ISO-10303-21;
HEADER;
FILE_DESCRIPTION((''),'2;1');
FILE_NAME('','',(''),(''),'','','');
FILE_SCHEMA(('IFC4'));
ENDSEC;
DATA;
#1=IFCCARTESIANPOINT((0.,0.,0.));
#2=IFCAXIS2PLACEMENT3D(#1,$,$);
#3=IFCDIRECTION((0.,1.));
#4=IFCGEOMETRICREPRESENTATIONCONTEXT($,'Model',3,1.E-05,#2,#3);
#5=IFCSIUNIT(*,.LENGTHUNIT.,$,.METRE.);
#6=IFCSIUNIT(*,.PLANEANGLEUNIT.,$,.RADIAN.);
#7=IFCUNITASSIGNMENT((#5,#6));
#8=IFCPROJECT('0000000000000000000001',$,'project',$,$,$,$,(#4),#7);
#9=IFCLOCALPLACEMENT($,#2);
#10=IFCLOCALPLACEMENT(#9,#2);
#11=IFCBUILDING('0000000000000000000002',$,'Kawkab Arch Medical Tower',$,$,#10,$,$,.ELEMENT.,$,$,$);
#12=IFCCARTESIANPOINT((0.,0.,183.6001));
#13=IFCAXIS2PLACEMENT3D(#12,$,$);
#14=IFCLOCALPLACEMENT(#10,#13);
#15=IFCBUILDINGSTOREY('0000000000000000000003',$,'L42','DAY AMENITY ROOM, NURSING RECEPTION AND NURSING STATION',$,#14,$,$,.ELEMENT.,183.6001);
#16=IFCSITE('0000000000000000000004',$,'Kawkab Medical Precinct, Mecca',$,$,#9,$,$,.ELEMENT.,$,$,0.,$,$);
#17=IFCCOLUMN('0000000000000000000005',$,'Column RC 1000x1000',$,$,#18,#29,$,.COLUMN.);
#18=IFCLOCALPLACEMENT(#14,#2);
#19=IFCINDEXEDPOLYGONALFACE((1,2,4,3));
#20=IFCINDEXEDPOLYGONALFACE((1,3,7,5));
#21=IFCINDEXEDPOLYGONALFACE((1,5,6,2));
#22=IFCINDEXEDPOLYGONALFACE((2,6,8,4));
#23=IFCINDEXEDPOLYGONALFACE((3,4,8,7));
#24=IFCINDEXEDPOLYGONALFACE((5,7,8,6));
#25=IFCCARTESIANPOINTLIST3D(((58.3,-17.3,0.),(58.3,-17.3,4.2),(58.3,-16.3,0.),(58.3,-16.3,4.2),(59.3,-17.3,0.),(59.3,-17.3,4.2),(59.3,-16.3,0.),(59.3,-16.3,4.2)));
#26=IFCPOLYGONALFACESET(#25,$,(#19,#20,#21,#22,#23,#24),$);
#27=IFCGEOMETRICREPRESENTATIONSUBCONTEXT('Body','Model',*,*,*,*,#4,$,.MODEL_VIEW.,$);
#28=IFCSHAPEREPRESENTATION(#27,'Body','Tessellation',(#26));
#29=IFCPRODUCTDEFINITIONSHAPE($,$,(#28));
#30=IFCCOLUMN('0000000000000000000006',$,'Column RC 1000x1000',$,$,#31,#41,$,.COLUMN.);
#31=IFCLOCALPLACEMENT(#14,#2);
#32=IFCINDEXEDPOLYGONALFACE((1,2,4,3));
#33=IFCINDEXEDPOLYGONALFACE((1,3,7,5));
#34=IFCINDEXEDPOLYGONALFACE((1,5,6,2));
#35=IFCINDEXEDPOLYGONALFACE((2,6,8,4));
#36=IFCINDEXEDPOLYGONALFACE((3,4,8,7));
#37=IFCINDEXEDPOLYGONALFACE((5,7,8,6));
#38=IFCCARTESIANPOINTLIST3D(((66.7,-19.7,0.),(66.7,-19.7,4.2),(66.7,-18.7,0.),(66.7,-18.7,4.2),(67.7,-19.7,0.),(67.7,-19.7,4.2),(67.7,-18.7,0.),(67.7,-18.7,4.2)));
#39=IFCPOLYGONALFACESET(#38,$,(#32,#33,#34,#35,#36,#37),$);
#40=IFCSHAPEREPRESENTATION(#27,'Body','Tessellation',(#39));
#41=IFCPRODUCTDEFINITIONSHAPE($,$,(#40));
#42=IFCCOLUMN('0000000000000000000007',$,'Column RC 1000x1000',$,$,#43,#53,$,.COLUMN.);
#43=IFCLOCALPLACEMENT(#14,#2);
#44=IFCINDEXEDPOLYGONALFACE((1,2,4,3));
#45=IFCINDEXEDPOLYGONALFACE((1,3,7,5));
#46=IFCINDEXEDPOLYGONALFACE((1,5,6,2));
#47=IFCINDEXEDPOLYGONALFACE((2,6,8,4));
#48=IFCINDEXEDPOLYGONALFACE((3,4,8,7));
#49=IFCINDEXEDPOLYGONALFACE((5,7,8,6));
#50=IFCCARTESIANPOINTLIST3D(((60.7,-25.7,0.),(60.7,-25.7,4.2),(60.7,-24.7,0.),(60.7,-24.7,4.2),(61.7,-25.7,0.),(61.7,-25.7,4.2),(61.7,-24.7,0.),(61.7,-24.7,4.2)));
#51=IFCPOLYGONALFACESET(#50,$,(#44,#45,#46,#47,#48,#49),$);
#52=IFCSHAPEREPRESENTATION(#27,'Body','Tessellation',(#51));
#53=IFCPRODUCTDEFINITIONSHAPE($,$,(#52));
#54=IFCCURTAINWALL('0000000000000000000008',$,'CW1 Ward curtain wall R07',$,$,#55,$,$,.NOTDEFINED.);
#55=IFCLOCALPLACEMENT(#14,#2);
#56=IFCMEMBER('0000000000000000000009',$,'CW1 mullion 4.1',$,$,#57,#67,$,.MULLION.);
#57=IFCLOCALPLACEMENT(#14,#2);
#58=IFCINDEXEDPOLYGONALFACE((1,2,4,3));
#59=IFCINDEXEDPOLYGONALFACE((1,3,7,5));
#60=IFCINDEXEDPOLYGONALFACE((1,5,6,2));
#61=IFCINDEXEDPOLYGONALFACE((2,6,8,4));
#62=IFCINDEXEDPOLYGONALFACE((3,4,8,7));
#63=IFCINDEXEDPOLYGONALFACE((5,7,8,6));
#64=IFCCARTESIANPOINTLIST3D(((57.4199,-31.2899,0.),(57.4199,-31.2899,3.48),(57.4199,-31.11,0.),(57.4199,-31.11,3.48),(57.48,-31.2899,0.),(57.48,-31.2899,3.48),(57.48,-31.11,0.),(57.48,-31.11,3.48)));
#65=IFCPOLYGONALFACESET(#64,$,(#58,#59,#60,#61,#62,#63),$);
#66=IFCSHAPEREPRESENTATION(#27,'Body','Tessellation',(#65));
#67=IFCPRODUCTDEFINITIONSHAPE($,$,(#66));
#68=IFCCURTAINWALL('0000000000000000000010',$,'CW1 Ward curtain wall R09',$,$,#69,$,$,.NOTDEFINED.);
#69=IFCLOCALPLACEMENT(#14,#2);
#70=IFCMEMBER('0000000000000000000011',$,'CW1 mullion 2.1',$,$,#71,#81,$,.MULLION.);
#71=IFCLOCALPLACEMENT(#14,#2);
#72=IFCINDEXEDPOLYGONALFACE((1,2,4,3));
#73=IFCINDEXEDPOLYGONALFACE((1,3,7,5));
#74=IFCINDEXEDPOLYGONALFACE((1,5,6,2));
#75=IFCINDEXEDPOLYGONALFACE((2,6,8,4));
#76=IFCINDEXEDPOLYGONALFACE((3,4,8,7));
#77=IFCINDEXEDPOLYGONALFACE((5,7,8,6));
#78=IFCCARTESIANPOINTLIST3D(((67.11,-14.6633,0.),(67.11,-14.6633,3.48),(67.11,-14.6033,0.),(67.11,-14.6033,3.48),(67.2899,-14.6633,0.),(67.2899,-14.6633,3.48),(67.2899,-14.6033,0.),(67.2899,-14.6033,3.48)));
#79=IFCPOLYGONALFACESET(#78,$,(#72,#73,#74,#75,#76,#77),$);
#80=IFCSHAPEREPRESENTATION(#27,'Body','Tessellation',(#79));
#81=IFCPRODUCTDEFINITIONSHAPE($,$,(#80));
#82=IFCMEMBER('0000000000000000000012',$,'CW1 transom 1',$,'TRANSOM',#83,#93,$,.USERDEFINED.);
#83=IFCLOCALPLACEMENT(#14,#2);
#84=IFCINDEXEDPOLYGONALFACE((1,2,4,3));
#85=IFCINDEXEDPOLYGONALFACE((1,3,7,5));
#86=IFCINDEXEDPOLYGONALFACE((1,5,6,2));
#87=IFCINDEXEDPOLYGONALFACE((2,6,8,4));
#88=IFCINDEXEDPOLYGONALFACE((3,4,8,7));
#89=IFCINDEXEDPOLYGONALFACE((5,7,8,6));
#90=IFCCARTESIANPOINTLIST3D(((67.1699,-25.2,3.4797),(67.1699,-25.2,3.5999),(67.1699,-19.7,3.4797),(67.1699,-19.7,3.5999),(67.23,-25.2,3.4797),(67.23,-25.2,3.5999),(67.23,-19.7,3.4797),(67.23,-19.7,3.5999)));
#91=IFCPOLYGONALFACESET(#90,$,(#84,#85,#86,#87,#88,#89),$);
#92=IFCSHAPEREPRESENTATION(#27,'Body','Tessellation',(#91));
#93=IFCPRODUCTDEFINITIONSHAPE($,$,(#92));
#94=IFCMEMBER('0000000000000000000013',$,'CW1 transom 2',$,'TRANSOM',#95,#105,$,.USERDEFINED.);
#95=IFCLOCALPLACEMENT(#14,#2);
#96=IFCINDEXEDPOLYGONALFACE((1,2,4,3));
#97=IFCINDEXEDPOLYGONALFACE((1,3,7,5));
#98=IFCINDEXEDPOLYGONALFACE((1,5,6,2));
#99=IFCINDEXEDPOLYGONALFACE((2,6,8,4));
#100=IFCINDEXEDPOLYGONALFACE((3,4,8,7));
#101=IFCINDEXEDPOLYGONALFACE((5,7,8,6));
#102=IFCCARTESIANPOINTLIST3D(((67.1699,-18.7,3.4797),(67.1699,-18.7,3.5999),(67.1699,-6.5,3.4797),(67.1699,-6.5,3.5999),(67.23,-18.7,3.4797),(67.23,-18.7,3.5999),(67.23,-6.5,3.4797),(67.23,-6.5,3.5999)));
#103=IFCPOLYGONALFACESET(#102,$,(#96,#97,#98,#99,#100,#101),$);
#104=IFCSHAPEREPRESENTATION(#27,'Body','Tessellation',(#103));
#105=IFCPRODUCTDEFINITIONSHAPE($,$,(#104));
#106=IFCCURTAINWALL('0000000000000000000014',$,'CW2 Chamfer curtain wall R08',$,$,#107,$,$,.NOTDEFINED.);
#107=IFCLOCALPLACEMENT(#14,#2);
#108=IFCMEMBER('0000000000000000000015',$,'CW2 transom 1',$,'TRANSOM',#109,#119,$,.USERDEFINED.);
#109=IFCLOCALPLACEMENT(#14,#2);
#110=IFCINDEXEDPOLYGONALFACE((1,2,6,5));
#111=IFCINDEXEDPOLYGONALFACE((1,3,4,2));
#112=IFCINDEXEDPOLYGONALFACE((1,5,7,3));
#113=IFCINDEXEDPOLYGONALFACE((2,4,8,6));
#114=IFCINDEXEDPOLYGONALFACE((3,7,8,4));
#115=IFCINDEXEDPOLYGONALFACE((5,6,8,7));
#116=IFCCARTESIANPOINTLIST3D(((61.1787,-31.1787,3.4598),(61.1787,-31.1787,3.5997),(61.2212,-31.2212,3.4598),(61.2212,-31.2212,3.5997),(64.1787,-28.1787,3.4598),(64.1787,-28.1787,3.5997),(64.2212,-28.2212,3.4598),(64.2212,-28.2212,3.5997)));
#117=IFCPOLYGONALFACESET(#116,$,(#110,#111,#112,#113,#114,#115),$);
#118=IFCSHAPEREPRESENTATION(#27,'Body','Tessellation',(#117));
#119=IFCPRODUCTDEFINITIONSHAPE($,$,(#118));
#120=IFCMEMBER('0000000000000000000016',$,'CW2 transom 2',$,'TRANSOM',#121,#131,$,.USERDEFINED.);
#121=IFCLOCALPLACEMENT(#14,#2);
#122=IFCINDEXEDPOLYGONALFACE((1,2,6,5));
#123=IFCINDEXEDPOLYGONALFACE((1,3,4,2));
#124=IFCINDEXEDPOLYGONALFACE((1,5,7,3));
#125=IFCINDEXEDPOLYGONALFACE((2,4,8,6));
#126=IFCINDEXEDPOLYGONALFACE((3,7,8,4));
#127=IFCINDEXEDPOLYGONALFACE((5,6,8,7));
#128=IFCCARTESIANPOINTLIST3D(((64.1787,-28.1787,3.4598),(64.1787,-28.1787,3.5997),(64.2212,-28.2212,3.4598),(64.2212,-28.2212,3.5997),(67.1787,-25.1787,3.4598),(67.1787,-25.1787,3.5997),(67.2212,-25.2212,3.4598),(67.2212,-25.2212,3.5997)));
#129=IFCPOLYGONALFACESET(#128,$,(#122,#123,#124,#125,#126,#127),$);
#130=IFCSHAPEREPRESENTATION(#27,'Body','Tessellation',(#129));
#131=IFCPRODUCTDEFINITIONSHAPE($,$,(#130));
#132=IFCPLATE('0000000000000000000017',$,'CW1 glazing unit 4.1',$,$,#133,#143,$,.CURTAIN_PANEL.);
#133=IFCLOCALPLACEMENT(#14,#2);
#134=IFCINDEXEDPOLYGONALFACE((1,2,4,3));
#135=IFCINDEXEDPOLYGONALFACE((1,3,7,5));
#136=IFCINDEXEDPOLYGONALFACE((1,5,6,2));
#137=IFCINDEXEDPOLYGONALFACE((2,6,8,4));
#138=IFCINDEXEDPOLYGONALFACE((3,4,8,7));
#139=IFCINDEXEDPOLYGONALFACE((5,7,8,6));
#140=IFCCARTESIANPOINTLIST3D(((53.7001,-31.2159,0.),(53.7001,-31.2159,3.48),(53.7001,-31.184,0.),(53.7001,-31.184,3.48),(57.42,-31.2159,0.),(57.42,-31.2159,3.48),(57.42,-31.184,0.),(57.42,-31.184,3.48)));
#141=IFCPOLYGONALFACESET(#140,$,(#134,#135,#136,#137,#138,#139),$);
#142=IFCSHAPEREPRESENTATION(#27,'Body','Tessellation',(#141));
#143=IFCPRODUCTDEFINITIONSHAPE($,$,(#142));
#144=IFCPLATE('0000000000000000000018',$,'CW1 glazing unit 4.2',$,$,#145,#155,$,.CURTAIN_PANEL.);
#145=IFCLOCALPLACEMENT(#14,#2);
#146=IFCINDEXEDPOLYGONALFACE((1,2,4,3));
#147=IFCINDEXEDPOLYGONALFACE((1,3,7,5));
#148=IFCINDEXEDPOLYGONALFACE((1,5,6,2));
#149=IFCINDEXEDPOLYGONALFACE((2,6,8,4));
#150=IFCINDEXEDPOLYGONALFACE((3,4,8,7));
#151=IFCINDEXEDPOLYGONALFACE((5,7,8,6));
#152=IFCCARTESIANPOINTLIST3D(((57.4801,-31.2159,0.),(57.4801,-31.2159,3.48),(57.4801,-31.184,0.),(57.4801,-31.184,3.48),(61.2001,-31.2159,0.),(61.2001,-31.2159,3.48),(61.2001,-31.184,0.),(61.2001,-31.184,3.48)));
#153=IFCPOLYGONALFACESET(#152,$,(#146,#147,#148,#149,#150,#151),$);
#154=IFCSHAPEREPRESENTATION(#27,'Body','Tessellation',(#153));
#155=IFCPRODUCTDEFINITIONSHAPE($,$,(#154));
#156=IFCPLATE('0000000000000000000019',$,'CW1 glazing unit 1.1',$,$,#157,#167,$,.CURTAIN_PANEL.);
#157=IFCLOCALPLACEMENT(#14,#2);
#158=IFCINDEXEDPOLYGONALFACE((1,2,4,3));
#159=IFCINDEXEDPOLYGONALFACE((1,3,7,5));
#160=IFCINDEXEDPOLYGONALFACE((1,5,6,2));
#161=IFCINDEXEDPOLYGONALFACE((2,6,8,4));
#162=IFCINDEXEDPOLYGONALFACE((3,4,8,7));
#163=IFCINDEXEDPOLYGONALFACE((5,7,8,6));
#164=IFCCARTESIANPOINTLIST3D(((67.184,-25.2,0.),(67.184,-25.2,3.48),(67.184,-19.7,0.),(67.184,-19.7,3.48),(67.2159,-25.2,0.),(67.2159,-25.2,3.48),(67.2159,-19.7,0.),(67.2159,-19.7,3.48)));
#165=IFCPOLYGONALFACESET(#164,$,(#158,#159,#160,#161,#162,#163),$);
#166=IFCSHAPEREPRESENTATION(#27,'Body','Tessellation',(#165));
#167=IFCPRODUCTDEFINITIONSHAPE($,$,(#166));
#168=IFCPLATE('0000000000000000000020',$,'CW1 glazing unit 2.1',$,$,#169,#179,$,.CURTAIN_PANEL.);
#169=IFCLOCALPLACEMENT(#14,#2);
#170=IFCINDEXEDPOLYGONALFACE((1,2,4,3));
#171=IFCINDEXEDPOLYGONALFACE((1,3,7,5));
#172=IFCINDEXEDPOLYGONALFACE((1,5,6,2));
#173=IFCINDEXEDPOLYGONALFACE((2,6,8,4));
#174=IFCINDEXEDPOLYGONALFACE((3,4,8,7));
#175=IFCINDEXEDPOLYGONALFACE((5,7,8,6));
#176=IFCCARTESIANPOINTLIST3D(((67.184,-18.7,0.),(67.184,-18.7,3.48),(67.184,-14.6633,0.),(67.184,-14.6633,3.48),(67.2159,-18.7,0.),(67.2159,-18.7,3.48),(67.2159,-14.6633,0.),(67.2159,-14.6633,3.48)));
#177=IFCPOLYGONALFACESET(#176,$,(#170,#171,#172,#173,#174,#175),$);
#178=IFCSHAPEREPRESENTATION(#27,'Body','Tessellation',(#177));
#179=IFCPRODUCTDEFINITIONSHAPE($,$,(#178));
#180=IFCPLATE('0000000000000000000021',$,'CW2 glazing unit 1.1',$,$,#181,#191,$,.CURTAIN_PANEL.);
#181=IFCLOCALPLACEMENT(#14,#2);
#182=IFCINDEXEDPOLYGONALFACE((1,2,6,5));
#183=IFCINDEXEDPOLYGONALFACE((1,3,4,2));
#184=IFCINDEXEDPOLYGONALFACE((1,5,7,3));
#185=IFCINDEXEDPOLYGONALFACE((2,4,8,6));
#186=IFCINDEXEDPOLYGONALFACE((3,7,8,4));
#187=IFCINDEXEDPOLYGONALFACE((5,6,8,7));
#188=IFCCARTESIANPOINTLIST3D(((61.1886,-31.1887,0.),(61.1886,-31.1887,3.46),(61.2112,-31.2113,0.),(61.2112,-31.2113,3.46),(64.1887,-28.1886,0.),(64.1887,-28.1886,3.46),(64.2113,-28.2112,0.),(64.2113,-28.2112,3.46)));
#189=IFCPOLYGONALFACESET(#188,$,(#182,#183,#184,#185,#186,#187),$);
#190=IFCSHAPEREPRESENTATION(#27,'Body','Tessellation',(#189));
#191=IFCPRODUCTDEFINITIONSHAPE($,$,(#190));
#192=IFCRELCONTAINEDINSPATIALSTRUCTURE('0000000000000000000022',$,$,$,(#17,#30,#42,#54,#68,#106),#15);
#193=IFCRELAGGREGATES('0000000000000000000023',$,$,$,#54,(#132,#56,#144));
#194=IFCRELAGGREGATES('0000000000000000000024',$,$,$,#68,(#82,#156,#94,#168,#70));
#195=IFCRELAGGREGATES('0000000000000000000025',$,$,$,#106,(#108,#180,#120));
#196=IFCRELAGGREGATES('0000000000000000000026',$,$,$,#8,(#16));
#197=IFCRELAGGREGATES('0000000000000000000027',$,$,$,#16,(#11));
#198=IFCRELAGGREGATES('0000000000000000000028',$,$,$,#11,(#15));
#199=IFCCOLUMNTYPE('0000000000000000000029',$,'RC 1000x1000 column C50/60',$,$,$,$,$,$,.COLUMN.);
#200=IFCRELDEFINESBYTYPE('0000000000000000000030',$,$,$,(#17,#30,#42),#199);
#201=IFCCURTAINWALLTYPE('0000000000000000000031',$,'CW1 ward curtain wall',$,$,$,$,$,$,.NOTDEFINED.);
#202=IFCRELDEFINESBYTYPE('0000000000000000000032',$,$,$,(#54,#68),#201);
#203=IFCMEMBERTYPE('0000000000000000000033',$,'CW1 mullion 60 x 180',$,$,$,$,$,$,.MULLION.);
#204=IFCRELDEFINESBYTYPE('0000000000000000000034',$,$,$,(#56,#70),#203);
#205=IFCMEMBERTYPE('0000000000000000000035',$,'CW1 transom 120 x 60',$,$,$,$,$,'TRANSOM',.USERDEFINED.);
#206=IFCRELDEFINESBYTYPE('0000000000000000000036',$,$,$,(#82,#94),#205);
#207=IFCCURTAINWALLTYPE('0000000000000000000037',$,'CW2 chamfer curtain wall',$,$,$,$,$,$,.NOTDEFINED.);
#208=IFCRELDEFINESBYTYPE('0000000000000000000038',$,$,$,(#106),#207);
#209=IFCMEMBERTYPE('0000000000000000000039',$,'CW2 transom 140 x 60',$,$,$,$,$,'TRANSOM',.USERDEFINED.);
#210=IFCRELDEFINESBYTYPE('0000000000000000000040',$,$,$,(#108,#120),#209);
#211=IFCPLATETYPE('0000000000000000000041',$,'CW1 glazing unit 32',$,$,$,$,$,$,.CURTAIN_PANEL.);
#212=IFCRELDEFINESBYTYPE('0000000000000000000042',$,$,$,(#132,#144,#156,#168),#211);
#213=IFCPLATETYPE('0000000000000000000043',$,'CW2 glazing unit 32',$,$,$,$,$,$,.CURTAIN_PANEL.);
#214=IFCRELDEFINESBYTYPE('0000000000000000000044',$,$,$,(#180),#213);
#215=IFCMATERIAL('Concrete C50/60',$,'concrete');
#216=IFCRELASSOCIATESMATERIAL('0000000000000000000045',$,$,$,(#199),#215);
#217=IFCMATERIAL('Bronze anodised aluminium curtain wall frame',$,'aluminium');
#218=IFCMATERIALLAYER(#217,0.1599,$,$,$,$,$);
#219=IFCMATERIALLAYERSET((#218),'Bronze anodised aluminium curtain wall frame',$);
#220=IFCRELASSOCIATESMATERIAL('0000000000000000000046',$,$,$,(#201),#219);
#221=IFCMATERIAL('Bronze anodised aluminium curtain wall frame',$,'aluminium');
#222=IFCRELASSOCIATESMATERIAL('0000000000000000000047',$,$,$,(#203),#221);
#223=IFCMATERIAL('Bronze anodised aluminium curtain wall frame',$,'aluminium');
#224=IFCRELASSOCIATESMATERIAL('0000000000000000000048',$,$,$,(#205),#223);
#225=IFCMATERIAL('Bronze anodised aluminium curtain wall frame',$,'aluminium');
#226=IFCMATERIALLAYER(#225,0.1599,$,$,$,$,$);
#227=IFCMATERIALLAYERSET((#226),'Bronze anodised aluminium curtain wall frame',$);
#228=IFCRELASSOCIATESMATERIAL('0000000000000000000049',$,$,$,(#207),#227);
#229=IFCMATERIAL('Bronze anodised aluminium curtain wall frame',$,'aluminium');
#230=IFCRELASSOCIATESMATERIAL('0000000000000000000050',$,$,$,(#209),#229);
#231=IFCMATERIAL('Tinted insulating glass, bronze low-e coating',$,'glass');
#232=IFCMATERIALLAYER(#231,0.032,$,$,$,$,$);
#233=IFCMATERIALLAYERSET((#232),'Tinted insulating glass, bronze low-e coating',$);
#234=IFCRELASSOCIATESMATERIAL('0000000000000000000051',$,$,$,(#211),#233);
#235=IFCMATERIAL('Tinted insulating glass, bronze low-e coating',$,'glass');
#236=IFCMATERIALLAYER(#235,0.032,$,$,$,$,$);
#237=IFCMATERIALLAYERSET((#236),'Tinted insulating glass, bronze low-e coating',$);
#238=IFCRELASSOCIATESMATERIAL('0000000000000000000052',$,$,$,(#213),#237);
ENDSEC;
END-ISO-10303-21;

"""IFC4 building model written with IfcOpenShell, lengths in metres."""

from ifc_helpers import new_model, si_unit, direction, frame, origin, origin_2d, place, context, subcontext, project, spatial, rectangle, extrude, material, layer, layer_set, material_profile, profile_set, type_object, element, aggregate, save


model = new_model("IFC4")

# Units and contexts
model_context = context("Model", 3, precision=1e-05, world=origin(), true_north=direction((0.0, 1.0)))
body_context = subcontext(model_context, "Body", "Model", "MODEL_VIEW")
ifc_project = project(units=[si_unit("LENGTHUNIT", "METRE"), si_unit("PLANEANGLEUNIT", "RADIAN")], contexts=[model_context])

# Site, building, storey
site_placement = place(None, origin())
site = spatial("IfcSite", under=ifc_project, at=site_placement, Name="Kawkab Medical Precinct, Mecca", CompositionType="ELEMENT", RefElevation=0.0)
building_placement = place(site_placement, origin())
building = spatial("IfcBuilding", under=site, at=building_placement, Name="Kawkab Arch Medical Tower", CompositionType="ELEMENT")
storey_placement = place(building_placement, frame((0.0, 0.0, 183.6001)))
storey = spatial("IfcBuildingStorey", under=building, at=storey_placement, Name="L42", Description="DAY AMENITY ROOM, NURSING RECEPTION AND NURSING STATION", CompositionType="ELEMENT", Elevation=183.6001)

# Columns
ifc_material_1 = material(Name="Concrete C50/60", Category="concrete")
ifc_material_profile_1 = material_profile(ifc_material_1, rectangle(XDim=1.0, YDim=1.0, at=origin_2d()), Name="RC 1000x1000")
ifc_profile_set_1 = profile_set([ifc_material_profile_1], Name="Concrete C50/60")
column_type = type_object("IfcColumnType", Name="RC 1000x1000 column C50/60", PredefinedType="COLUMN", material=ifc_profile_set_1)
for number, where, z_axis, x_axis, name in (
    (1, (58.8, -16.8, 0.0), (0.0, 0.0, 1.0), (1.0, 0.0, 0.0), "Column RC 1000x1000"),
    (2, (67.2, -19.2, 0.0), (0.0, 0.0, 1.0), (1.0, 0.0, 0.0), "Column RC 1000x1000"),
    (3, (61.2, -25.2, 0.0), (0.0, 0.0, 1.0), (1.0, 0.0, 0.0), "Column RC 1000x1000"),
):
    element("IfcColumn", number, at=place(storey_placement, frame(where, z_axis=z_axis, x_axis=x_axis)), inside=storey, type_object=column_type, Name=name, PredefinedType="COLUMN", context=body_context, shape_type="SweptSolid", body=[
        extrude(rectangle(XDim=1.0, YDim=1.0, at=origin_2d()), origin(), (0.0, 0.0, 1.0), 4.2),
    ])

# Curtain wall, member
ifc_material_2 = material(Name="Bronze anodised aluminium curtain wall frame", Category="aluminium")
ifc_layer_1 = layer(ifc_material_2, 0.1599)
ifc_layer_set_1 = layer_set([ifc_layer_1], Name="Bronze anodised aluminium curtain wall frame")
curtain_wall_type_1 = type_object("IfcCurtainWallType", Name="CW1 ward curtain wall", PredefinedType="NOTDEFINED", material=ifc_layer_set_1)
placement = place(storey_placement, origin())
curtain_wall_1 = element("IfcCurtainWall", 4, at=placement, inside=storey, type_object=curtain_wall_type_1, Name="CW1 Ward curtain wall R07", PredefinedType="NOTDEFINED")
ifc_material_3 = material(Name="Bronze anodised aluminium curtain wall frame", Category="aluminium")
ifc_material_profile_2 = material_profile(ifc_material_3, rectangle(XDim=0.1799, YDim=0.0601, at=origin_2d()), Name="AL 60x180")
ifc_profile_set_2 = profile_set([ifc_material_profile_2], Name="Bronze anodised aluminium curtain wall frame")
member_type_1 = type_object("IfcMemberType", Name="CW1 mullion 60 x 180", PredefinedType="MULLION", material=ifc_profile_set_2)
member_1_placement = place(storey_placement, frame((57.45, -31.2, 0.0), z_axis=(0.0, 0.0, 1.0), x_axis=(0.0, 1.0, 0.0)))
member_1 = element("IfcMember", 5, at=member_1_placement, type_object=member_type_1, Name="CW1 mullion 4.1", PredefinedType="MULLION", context=body_context, shape_type="SweptSolid", body=[
    extrude(rectangle(XDim=0.1799, YDim=0.0601, at=origin_2d()), origin(), (0.0, 0.0, 1.0), 3.48),
])

# Curtain walls, members
curtain_wall_2 = element("IfcCurtainWall", 6, at=placement, inside=storey, type_object=curtain_wall_type_1, Name="CW1 Ward curtain wall R09", PredefinedType="NOTDEFINED")
member_2_placement = place(storey_placement, frame((67.2, -14.6333, 0.0), z_axis=(0.0, 0.0, 1.0), x_axis=(-1.0, 0.0, 0.0)))
member_2 = element("IfcMember", 7, at=member_2_placement, type_object=member_type_1, Name="CW1 mullion 2.1", PredefinedType="MULLION", context=body_context, shape_type="SweptSolid", body=[
    extrude(rectangle(XDim=0.1799, YDim=0.0601, at=origin_2d()), origin(), (0.0, 0.0, 1.0), 3.48),
])
ifc_material_4 = material(Name="Bronze anodised aluminium curtain wall frame", Category="aluminium")
ifc_material_profile_3 = material_profile(ifc_material_4, rectangle(XDim=0.0601, YDim=0.1201, at=origin_2d()), Name="AL 60x120")
ifc_profile_set_3 = profile_set([ifc_material_profile_3], Name="Bronze anodised aluminium curtain wall frame")
member_type_2 = type_object("IfcMemberType", Name="CW1 transom 120 x 60", ElementType="TRANSOM", PredefinedType="USERDEFINED", material=ifc_profile_set_3)
member_3_placement = place(storey_placement, frame((67.2, -25.2, 3.5398), z_axis=(0.0, 1.0, 0.0), x_axis=(-1.0, 0.0, 0.0)))
member_3 = element("IfcMember", 8, at=member_3_placement, type_object=member_type_2, Name="CW1 transom 1", ObjectType="TRANSOM", PredefinedType="USERDEFINED", context=body_context, shape_type="SweptSolid", body=[
    extrude(rectangle(XDim=0.0601, YDim=0.1201, at=origin_2d()), origin(), (0.0, 0.0, 1.0), 5.5),
])
member_4_placement = place(storey_placement, frame((67.2, -18.7, 3.5398), z_axis=(0.0, 1.0, 0.0), x_axis=(-1.0, 0.0, 0.0)))
member_4 = element("IfcMember", 9, at=member_4_placement, type_object=member_type_2, Name="CW1 transom 2", ObjectType="TRANSOM", PredefinedType="USERDEFINED", context=body_context, shape_type="SweptSolid", body=[
    extrude(rectangle(XDim=0.0601, YDim=0.1201, at=origin_2d()), origin(), (0.0, 0.0, 1.0), 12.2),
])
ifc_material_5 = material(Name="Bronze anodised aluminium curtain wall frame", Category="aluminium")
ifc_layer_2 = layer(ifc_material_5, 0.1599)
ifc_layer_set_2 = layer_set([ifc_layer_2], Name="Bronze anodised aluminium curtain wall frame")
curtain_wall_type_2 = type_object("IfcCurtainWallType", Name="CW2 chamfer curtain wall", PredefinedType="NOTDEFINED", material=ifc_layer_set_2)
curtain_wall_3 = element("IfcCurtainWall", 10, at=placement, inside=storey, type_object=curtain_wall_type_2, Name="CW2 Chamfer curtain wall R08", PredefinedType="NOTDEFINED")
ifc_material_6 = material(Name="Bronze anodised aluminium curtain wall frame", Category="aluminium")
ifc_material_profile_4 = material_profile(ifc_material_6, rectangle(XDim=0.0601, YDim=0.1399, at=origin_2d()), Name="AL 60x140")
ifc_profile_set_4 = profile_set([ifc_material_profile_4], Name="Bronze anodised aluminium curtain wall frame")
member_type_3 = type_object("IfcMemberType", Name="CW2 transom 140 x 60", ElementType="TRANSOM", PredefinedType="USERDEFINED", material=ifc_profile_set_4)
member_5_placement = place(storey_placement, frame((61.2, -31.2, 3.5298), z_axis=(0.707107, 0.707107, 0.0), x_axis=(-0.707107, 0.707107, 0.0)))
member_5 = element("IfcMember", 11, at=member_5_placement, type_object=member_type_3, Name="CW2 transom 1", ObjectType="TRANSOM", PredefinedType="USERDEFINED", context=body_context, shape_type="SweptSolid", body=[
    extrude(rectangle(XDim=0.0601, YDim=0.1399, at=origin_2d()), origin(), (0.0, 0.0, 1.0), 4.2427),
])
member_6_placement = place(storey_placement, frame((64.2, -28.2, 3.5298), z_axis=(0.707107, 0.707107, 0.0), x_axis=(-0.707107, 0.707107, 0.0)))
member_6 = element("IfcMember", 12, at=member_6_placement, type_object=member_type_3, Name="CW2 transom 2", ObjectType="TRANSOM", PredefinedType="USERDEFINED", context=body_context, shape_type="SweptSolid", body=[
    extrude(rectangle(XDim=0.0601, YDim=0.1399, at=origin_2d()), origin(), (0.0, 0.0, 1.0), 4.2427),
])

# Plates
ifc_material_7 = material(Name="Tinted insulating glass, bronze low-e coating", Category="glass")
ifc_layer_3 = layer(ifc_material_7, 0.032)
ifc_layer_set_3 = layer_set([ifc_layer_3], Name="Tinted insulating glass, bronze low-e coating")
plate_type_1 = type_object("IfcPlateType", Name="CW1 glazing unit 32", PredefinedType="CURTAIN_PANEL", material=ifc_layer_set_3)
plate_1_placement = place(storey_placement, frame((55.5601, -31.2, 0.0), z_axis=(0.0, 0.0, 1.0), x_axis=(1.0, 0.0, 0.0)))
plate_1 = element("IfcPlate", 13, at=plate_1_placement, type_object=plate_type_1, Name="CW1 glazing unit 4.1", PredefinedType="CURTAIN_PANEL", context=body_context, shape_type="SweptSolid", body=[
    extrude(rectangle(XDim=3.72, YDim=0.032, at=origin_2d()), origin(), (0.0, 0.0, 1.0), 3.48),
])
plate_2_placement = place(storey_placement, frame((59.3401, -31.2, 0.0), z_axis=(0.0, 0.0, 1.0), x_axis=(1.0, 0.0, 0.0)))
plate_2 = element("IfcPlate", 14, at=plate_2_placement, type_object=plate_type_1, Name="CW1 glazing unit 4.2", PredefinedType="CURTAIN_PANEL", context=body_context, shape_type="SweptSolid", body=[
    extrude(rectangle(XDim=3.72, YDim=0.032, at=origin_2d()), origin(), (0.0, 0.0, 1.0), 3.48),
])
aggregate(curtain_wall_1, [plate_1, member_1, plate_2])
plate_3_placement = place(storey_placement, frame((67.2, -22.45, 0.0), z_axis=(0.0, 0.0, 1.0), x_axis=(0.0, 1.0, 0.0)))
plate_3 = element("IfcPlate", 15, at=plate_3_placement, type_object=plate_type_1, Name="CW1 glazing unit 1.1", PredefinedType="CURTAIN_PANEL", context=body_context, shape_type="SweptSolid", body=[
    extrude(rectangle(XDim=5.5, YDim=0.032, at=origin_2d()), origin(), (0.0, 0.0, 1.0), 3.48),
])
plate_4_placement = place(storey_placement, frame((67.2, -16.6816, 0.0), z_axis=(0.0, 0.0, 1.0), x_axis=(0.0, 1.0, 0.0)))
plate_4 = element("IfcPlate", 16, at=plate_4_placement, type_object=plate_type_1, Name="CW1 glazing unit 2.1", PredefinedType="CURTAIN_PANEL", context=body_context, shape_type="SweptSolid", body=[
    extrude(rectangle(XDim=4.0366, YDim=0.032, at=origin_2d()), origin(), (0.0, 0.0, 1.0), 3.48),
])
aggregate(curtain_wall_2, [member_3, plate_3, member_4, plate_4, member_2])
ifc_material_8 = material(Name="Tinted insulating glass, bronze low-e coating", Category="glass")
ifc_layer_4 = layer(ifc_material_8, 0.032)
ifc_layer_set_4 = layer_set([ifc_layer_4], Name="Tinted insulating glass, bronze low-e coating")
plate_type_2 = type_object("IfcPlateType", Name="CW2 glazing unit 32", PredefinedType="CURTAIN_PANEL", material=ifc_layer_set_4)
plate_5_placement = place(storey_placement, frame((62.7, -29.7, 0.0), z_axis=(0.0, 0.0, 1.0), x_axis=(0.707107, 0.707107, 0.0)))
plate_5 = element("IfcPlate", 17, at=plate_5_placement, type_object=plate_type_2, Name="CW2 glazing unit 1.1", PredefinedType="CURTAIN_PANEL", context=body_context, shape_type="SweptSolid", body=[
    extrude(rectangle(XDim=4.2427, YDim=0.032, at=origin_2d()), origin(), (0.0, 0.0, 1.0), 3.46),
])
aggregate(curtain_wall_3, [member_5, plate_5, member_6])

save(model, "model.ifc")
